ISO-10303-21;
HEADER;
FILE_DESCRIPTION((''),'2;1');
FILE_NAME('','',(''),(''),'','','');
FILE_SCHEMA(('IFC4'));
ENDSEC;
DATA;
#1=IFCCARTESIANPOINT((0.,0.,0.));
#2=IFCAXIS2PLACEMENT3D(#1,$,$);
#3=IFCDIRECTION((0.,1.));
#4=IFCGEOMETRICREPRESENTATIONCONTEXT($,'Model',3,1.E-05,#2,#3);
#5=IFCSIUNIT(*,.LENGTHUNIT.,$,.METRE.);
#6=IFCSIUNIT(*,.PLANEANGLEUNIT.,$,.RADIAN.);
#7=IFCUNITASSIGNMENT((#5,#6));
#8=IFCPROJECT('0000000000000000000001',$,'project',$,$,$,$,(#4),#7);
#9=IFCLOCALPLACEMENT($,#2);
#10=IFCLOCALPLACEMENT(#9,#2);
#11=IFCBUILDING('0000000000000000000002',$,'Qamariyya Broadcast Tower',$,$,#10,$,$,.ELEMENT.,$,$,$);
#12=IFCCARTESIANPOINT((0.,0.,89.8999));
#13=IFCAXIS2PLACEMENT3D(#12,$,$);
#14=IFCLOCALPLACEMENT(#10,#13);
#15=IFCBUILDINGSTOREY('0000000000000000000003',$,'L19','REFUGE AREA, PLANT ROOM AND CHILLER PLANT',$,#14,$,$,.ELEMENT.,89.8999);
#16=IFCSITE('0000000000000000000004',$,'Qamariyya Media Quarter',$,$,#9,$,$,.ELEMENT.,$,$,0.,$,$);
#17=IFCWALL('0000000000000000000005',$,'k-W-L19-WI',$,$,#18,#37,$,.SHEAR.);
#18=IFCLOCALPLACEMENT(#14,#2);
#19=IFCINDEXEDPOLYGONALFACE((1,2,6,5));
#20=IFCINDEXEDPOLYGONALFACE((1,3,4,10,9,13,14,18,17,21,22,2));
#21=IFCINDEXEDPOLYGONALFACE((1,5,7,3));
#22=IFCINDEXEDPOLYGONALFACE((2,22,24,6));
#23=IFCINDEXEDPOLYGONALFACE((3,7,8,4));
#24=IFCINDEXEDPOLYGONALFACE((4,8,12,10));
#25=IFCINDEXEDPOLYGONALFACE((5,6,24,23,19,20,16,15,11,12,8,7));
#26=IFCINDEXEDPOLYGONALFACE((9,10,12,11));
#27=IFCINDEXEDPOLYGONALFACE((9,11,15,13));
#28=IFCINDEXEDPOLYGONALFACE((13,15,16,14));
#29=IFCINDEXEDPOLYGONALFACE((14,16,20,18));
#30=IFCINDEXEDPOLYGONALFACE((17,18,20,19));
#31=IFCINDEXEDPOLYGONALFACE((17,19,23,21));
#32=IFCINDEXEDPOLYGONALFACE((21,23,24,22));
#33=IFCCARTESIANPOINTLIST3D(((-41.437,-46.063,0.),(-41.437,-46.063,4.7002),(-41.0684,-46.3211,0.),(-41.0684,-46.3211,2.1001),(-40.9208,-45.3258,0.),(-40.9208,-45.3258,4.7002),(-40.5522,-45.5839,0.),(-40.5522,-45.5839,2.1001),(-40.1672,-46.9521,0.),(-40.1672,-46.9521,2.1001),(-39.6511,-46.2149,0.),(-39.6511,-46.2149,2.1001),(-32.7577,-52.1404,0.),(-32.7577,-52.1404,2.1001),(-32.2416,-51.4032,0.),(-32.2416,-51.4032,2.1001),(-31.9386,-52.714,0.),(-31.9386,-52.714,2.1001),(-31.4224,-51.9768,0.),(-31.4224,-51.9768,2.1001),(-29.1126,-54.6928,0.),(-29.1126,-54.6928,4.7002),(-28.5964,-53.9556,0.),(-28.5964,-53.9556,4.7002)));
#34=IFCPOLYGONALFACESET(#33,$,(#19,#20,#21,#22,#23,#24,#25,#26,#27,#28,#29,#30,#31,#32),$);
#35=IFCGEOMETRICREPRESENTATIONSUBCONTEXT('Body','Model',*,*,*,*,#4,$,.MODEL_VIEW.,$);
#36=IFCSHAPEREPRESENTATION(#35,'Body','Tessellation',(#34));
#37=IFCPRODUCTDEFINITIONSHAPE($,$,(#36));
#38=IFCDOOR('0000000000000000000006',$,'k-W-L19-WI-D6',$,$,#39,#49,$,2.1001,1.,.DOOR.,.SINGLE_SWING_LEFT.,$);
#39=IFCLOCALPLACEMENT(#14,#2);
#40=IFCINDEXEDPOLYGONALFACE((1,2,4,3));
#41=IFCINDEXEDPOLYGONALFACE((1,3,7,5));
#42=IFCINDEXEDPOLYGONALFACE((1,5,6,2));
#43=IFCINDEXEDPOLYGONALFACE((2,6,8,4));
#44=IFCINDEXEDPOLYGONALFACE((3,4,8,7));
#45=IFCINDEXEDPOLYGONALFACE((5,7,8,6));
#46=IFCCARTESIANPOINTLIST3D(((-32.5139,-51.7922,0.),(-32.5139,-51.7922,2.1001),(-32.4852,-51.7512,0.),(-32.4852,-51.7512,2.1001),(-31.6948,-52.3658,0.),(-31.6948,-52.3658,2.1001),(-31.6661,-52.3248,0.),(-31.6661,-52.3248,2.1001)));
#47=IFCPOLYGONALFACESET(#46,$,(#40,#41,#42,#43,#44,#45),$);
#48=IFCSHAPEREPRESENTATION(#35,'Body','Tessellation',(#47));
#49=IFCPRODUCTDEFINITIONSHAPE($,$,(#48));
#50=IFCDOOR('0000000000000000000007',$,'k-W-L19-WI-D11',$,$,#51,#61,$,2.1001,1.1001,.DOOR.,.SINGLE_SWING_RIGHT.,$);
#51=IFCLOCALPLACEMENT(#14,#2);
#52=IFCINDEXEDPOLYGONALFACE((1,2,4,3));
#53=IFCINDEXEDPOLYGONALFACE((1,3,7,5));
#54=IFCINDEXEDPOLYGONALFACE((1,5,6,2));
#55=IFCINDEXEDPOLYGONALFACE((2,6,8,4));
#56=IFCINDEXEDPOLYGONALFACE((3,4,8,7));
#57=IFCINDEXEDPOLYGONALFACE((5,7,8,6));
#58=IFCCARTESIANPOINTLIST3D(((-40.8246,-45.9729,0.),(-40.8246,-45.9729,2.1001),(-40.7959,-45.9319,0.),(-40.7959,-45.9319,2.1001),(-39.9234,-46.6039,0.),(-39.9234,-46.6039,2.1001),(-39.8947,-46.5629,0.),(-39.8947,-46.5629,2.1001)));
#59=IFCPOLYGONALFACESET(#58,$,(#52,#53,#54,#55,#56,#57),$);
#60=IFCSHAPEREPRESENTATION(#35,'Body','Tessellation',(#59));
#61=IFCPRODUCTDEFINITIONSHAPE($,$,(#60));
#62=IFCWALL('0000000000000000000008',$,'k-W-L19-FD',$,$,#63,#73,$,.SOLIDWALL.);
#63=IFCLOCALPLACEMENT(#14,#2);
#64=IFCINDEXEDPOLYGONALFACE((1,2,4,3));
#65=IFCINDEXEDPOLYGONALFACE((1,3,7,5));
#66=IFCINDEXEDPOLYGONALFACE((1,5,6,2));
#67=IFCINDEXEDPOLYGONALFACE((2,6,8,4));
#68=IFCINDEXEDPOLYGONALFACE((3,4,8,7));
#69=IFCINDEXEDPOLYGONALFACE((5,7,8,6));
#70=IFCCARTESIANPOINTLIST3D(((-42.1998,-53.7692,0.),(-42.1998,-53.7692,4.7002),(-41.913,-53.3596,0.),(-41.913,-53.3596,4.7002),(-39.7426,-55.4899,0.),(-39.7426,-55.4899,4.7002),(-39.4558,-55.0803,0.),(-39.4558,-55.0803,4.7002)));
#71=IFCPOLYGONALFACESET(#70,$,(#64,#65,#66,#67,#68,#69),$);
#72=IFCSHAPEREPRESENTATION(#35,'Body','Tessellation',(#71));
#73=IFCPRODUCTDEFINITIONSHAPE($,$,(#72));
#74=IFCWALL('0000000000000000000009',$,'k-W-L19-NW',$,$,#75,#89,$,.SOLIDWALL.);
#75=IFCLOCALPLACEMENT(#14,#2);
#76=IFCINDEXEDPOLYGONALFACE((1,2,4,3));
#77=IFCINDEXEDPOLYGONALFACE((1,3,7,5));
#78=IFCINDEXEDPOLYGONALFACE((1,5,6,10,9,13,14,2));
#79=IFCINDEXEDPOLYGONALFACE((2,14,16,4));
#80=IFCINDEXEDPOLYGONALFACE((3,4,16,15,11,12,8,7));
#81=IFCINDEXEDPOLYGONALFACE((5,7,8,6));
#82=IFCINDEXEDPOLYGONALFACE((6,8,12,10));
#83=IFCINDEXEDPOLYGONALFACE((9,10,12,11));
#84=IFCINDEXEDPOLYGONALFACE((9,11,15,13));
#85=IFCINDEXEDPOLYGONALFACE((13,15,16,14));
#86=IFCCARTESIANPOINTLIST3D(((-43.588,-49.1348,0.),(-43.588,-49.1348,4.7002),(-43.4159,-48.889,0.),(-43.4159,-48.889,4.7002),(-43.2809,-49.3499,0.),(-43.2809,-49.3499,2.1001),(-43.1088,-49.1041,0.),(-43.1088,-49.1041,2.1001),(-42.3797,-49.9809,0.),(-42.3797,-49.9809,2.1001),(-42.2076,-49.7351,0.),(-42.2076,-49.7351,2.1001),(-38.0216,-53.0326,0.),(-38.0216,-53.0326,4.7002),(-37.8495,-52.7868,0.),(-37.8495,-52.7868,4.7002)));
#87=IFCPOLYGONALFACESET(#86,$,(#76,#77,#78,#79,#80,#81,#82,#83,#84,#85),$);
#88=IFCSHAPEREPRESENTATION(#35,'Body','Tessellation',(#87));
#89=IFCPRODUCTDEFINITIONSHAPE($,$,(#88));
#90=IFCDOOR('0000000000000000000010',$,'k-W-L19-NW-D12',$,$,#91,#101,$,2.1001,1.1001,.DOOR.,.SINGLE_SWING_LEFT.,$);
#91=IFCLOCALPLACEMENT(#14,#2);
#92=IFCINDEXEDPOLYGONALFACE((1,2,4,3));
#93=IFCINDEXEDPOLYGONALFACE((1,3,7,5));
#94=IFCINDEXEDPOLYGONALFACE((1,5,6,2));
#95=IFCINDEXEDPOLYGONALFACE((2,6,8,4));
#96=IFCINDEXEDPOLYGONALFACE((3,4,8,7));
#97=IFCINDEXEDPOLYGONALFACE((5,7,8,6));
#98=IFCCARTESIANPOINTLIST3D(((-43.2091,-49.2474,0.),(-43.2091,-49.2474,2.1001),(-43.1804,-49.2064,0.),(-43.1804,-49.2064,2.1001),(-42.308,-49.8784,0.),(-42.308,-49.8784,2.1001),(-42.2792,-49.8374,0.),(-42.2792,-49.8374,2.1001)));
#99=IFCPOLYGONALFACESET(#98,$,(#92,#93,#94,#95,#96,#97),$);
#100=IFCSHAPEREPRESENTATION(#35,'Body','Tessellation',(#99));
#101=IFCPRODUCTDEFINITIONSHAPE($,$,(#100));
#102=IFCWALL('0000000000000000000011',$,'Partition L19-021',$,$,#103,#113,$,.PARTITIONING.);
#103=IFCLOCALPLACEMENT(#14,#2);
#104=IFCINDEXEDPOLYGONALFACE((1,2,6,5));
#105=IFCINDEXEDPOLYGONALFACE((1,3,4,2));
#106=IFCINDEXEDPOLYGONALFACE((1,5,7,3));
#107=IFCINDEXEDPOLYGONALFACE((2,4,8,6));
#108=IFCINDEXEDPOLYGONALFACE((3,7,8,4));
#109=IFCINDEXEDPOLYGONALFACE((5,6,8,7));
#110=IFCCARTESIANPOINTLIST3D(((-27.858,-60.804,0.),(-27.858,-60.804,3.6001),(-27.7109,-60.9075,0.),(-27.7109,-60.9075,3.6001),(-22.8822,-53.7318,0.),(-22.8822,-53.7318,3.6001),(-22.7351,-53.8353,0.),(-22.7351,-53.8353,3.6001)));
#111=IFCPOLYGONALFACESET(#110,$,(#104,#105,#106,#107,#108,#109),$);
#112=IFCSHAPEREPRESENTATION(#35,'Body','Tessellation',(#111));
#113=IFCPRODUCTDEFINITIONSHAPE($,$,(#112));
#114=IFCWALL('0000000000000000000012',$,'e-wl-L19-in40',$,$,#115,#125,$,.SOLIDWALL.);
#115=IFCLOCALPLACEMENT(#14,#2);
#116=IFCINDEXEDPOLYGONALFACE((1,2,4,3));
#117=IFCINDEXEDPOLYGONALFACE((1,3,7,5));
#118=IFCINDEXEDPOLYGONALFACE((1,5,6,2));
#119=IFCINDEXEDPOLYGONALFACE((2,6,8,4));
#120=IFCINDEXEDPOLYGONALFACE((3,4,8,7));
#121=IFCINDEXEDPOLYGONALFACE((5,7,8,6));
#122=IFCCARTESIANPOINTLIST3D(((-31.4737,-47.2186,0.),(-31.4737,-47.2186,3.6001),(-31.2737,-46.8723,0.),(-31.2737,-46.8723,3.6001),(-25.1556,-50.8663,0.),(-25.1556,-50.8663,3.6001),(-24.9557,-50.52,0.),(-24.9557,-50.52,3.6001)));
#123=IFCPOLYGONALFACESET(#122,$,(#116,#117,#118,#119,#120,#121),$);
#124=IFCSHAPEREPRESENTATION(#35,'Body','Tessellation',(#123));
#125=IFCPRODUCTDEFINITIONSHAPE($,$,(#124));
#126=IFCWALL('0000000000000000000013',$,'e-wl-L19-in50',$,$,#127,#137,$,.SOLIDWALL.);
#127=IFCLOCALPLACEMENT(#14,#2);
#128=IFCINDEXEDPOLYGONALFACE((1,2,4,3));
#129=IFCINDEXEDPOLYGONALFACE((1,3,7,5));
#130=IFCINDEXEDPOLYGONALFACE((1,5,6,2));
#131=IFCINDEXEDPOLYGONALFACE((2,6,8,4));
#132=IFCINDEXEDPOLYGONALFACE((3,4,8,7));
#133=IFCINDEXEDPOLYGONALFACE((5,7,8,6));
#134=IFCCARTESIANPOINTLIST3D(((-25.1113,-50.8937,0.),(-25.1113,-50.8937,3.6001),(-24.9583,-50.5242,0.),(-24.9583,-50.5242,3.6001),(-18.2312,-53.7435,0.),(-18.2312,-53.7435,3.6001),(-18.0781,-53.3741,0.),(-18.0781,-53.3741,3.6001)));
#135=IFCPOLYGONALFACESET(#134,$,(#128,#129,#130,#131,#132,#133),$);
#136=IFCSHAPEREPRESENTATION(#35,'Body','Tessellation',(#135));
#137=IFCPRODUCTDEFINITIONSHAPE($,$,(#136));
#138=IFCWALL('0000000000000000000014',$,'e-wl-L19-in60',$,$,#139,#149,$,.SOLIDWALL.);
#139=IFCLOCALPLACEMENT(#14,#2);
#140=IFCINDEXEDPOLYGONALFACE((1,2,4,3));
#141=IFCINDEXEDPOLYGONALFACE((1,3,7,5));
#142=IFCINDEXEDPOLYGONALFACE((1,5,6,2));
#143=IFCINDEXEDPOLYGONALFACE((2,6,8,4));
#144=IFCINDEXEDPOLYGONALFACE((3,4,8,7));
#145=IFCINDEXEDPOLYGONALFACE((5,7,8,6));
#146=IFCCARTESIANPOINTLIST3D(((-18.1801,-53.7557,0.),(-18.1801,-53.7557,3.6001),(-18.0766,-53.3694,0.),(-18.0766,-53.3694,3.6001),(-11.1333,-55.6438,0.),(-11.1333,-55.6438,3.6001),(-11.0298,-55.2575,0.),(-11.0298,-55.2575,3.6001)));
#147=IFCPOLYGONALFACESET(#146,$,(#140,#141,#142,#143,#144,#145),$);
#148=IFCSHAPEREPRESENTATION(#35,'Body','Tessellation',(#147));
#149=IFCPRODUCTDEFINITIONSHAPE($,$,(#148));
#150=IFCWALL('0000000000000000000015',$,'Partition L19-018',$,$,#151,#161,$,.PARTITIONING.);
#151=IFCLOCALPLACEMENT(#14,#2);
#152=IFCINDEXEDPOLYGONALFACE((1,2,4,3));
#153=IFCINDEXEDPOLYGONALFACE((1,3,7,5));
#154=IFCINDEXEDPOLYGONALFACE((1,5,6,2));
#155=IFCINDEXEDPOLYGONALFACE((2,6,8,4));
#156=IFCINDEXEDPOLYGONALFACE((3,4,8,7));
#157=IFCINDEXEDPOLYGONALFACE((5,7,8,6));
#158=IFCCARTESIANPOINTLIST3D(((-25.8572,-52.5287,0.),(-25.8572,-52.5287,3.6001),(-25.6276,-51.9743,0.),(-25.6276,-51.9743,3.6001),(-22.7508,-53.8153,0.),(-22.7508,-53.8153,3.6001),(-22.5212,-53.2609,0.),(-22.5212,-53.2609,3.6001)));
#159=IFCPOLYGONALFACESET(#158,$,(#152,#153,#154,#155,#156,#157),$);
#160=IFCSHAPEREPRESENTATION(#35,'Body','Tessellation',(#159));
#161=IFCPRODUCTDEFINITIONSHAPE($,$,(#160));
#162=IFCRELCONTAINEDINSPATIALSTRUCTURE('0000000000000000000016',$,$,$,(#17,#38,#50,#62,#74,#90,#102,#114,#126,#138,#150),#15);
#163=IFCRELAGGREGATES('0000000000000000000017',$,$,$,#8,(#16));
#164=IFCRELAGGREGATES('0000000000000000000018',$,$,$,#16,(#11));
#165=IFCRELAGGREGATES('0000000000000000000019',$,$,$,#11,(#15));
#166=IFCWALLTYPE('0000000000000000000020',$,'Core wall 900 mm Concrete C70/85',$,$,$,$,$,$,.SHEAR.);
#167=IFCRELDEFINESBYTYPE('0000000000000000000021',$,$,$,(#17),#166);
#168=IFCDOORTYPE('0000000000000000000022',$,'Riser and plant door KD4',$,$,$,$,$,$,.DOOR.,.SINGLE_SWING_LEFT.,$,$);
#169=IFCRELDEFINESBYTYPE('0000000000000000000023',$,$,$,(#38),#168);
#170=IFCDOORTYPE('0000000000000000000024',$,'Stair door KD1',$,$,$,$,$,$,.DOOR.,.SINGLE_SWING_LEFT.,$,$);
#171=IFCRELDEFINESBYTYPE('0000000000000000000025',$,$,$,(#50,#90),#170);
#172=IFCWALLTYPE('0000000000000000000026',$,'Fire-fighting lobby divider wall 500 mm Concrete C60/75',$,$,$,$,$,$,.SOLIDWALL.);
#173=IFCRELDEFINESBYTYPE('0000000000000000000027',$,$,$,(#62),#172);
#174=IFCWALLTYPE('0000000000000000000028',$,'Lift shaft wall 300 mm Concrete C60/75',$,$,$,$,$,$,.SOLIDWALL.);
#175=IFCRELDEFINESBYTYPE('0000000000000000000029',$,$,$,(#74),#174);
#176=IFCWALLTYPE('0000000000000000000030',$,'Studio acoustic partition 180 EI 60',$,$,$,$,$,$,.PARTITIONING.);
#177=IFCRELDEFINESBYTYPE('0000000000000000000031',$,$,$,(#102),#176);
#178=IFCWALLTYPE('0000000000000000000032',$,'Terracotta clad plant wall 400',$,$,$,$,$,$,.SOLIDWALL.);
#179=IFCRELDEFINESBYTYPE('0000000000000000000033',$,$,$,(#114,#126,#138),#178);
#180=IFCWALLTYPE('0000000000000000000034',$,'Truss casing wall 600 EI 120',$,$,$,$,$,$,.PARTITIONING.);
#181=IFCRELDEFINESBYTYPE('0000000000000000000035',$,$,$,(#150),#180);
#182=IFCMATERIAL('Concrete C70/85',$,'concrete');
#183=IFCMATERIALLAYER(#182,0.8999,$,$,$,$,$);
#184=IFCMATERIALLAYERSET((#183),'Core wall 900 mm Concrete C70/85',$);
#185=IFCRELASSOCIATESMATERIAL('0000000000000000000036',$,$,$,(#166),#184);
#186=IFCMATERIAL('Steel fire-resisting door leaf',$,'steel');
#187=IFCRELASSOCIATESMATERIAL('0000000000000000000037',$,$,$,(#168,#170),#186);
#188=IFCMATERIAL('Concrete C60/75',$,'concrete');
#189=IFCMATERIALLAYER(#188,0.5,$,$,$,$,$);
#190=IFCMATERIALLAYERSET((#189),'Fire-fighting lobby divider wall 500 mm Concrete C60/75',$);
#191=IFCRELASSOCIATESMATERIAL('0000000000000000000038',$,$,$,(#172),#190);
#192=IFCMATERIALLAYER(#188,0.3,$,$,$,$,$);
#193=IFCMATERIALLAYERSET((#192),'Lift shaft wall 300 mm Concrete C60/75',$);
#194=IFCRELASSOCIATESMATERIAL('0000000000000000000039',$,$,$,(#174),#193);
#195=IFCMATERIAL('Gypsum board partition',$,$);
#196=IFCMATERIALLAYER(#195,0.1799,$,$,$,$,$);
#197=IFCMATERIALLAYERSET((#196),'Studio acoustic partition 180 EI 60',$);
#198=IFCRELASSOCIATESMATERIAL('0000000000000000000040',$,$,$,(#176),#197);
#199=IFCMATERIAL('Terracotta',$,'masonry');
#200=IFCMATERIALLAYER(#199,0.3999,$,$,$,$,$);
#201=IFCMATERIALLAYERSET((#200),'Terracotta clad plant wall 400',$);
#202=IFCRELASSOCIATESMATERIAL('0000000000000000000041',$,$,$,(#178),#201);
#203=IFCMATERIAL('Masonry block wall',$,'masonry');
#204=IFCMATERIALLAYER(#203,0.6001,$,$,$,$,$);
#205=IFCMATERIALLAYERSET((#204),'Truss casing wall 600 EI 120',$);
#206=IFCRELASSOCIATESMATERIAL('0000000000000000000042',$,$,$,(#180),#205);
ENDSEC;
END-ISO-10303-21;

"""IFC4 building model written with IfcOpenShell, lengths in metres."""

from ifc_helpers import new_model, si_unit, direction, frame, frame_2d, origin, place, context, subcontext, project, spatial, rectangle, extrude, material, layer, layer_set, type_object, element, fill, save


model = new_model("IFC4")

# Units and contexts
model_context = context("Model", 3, precision=1e-05, world=origin(), true_north=direction((0.0, 1.0)))
body_context = subcontext(model_context, "Body", "Model", "MODEL_VIEW")
ifc_project = project(units=[si_unit("LENGTHUNIT", "METRE"), si_unit("PLANEANGLEUNIT", "RADIAN")], contexts=[model_context])

# Site, building, storey
site_placement = place(None, origin())
site = spatial("IfcSite", under=ifc_project, at=site_placement, Name="Qamariyya Media Quarter", CompositionType="ELEMENT", RefElevation=0.0)
building_placement = place(site_placement, origin())
building = spatial("IfcBuilding", under=site, at=building_placement, Name="Qamariyya Broadcast Tower", CompositionType="ELEMENT")
storey_placement = place(building_placement, frame((0.0, 0.0, 89.8999)))
storey = spatial("IfcBuildingStorey", under=building, at=storey_placement, Name="L19", Description="REFUGE AREA, PLANT ROOM AND CHILLER PLANT", CompositionType="ELEMENT", Elevation=89.8999)

# Shared definitions
ifc_material_1 = material(Name="Concrete C70/85", Category="concrete")

# Wall, openings, doors
ifc_layer_1 = layer(ifc_material_1, 0.8999)
ifc_layer_set_1 = layer_set([ifc_layer_1], Name="Core wall 900 mm Concrete C70/85")
wall_type_1 = type_object("IfcWallType", Name="Core wall 900 mm Concrete C70/85", PredefinedType="SHEAR", material=ifc_layer_set_1)
wall_1_placement = place(storey_placement, frame((-28.8545, -54.3242, 0.0), z_axis=(0.0, 0.0, 1.0), x_axis=(-0.819146, 0.573585, 0.0)))
wall_1 = element("IfcWall", 1, at=wall_1_placement, inside=storey, type_object=wall_type_1, Name="k-W-L19-WI", PredefinedType="SHEAR", context=body_context, shape_type="SweptSolid", body=[
    extrude(rectangle(XDim=15.0454, YDim=0.8999, at=frame_2d((7.5227, 0.0))), origin(), (0.0, 0.0, 1.0), 4.7002),
])
opening_1_placement = place(wall_1_placement, frame((3.45, 0.0, 0.0)))
opening_1 = element("IfcOpeningElement", 2, at=opening_1_placement, cuts=wall_1, PredefinedType="OPENING", context=body_context, shape_type="SweptSolid", body=[
    extrude(rectangle(XDim=1.0, YDim=2.1001, at=frame_2d((0.5, 1.05))), frame((0.0, 0.46, 0.0), z_axis=(0.0, -1.0, 0.0), x_axis=(1.0, 0.0, 0.0)), (0.0, 0.0, 1.0), 0.9199),
])
opening_2_placement = place(wall_1_placement, frame((13.4954, 0.0, 0.0)))
opening_2 = element("IfcOpeningElement", 3, at=opening_2_placement, cuts=wall_1, PredefinedType="OPENING", context=body_context, shape_type="SweptSolid", body=[
    extrude(rectangle(XDim=1.1001, YDim=2.1001, at=frame_2d((0.55, 1.05))), frame((0.0, 0.46, 0.0), z_axis=(0.0, -1.0, 0.0), x_axis=(1.0, 0.0, 0.0)), (0.0, 0.0, 1.0), 0.9199),
])
ifc_material_2 = material(Name="Steel fire-resisting door leaf", Category="steel")
door_type_1 = type_object("IfcDoorType", Name="Riser and plant door KD4", OperationType="SINGLE_SWING_LEFT", PredefinedType="DOOR", material=ifc_material_2)
door_1_placement = place(opening_1_placement, origin())
door_1 = element("IfcDoor", 4, at=door_1_placement, inside=storey, type_object=door_type_1, Name="k-W-L19-WI-D6", OperationType="SINGLE_SWING_LEFT", OverallHeight=2.1001, OverallWidth=1.0, PredefinedType="DOOR", context=body_context, shape_type="SweptSolid", body=[
    extrude(rectangle(XDim=1.0, YDim=2.1001, at=frame_2d((0.5, 1.05))), frame((0.0, 0.0249, 0.0), z_axis=(0.0, -1.0, 0.0), x_axis=(1.0, 0.0, 0.0)), (0.0, 0.0, 1.0), 0.05),
])
fill(opening_1, door_1)
door_type_2 = type_object("IfcDoorType", Name="Stair door KD1", OperationType="SINGLE_SWING_LEFT", PredefinedType="DOOR", material=ifc_material_2)
door_2_placement = place(opening_2_placement, origin())
door_2 = element("IfcDoor", 5, at=door_2_placement, inside=storey, type_object=door_type_2, Name="k-W-L19-WI-D11", OperationType="SINGLE_SWING_RIGHT", OverallHeight=2.1001, OverallWidth=1.1001, PredefinedType="DOOR", context=body_context, shape_type="SweptSolid", body=[
    extrude(rectangle(XDim=1.1001, YDim=2.1001, at=frame_2d((0.55, 1.05))), frame((0.0, 0.0249, 0.0), z_axis=(0.0, -1.0, 0.0), x_axis=(1.0, 0.0, 0.0)), (0.0, 0.0, 1.0), 0.05),
])
fill(opening_2, door_2)

# Wall
ifc_material_3 = material(Name="Concrete C60/75", Category="concrete")
ifc_layer_2 = layer(ifc_material_3, 0.5)
ifc_layer_set_2 = layer_set([ifc_layer_2], Name="Fire-fighting lobby divider wall 500 mm Concrete C60/75")
wall_type_2 = type_object("IfcWallType", Name="Fire-fighting lobby divider wall 500 mm Concrete C60/75", PredefinedType="SOLIDWALL", material=ifc_layer_set_2)
wall_2_placement = place(storey_placement, frame((-39.5991, -55.2852, 0.0), z_axis=(0.0, 0.0, 1.0), x_axis=(-0.819136, 0.573599, 0.0)))
element("IfcWall", 6, at=wall_2_placement, inside=storey, type_object=wall_type_2, Name="k-W-L19-FD", PredefinedType="SOLIDWALL", context=body_context, shape_type="SweptSolid", body=[
    extrude(rectangle(XDim=2.9998, YDim=0.5, at=frame_2d((1.5, 0.0))), origin(), (0.0, 0.0, 1.0), 4.7002),
])

# Wall, opening, door
ifc_layer_3 = layer(ifc_material_3, 0.3)
ifc_layer_set_3 = layer_set([ifc_layer_3], Name="Lift shaft wall 300 mm Concrete C60/75")
wall_type_3 = type_object("IfcWallType", Name="Lift shaft wall 300 mm Concrete C60/75", PredefinedType="SOLIDWALL", material=ifc_layer_set_3)
wall_3_placement = place(storey_placement, frame((-37.9355, -52.9097, 0.0), z_axis=(0.0, 0.0, 1.0), x_axis=(-0.819148, 0.573583, 0.0)))
wall_3 = element("IfcWall", 7, at=wall_3_placement, inside=storey, type_object=wall_type_3, Name="k-W-L19-NW", PredefinedType="SOLIDWALL", context=body_context, shape_type="SweptSolid", body=[
    extrude(rectangle(XDim=6.7954, YDim=0.3, at=frame_2d((3.3977, 0.0))), origin(), (0.0, 0.0, 1.0), 4.7002),
])
opening_3_placement = place(wall_3_placement, frame((5.3203, 0.0, 0.0)))
opening_3 = element("IfcOpeningElement", 8, at=opening_3_placement, cuts=wall_3, PredefinedType="OPENING", context=body_context, shape_type="SweptSolid", body=[
    extrude(rectangle(XDim=1.1001, YDim=2.1001, at=frame_2d((0.55, 1.05))), frame((0.0, 0.1599, 0.0), z_axis=(0.0, -1.0, 0.0), x_axis=(1.0, 0.0, 0.0)), (0.0, 0.0, 1.0), 0.3201),
])
door_3_placement = place(opening_3_placement, origin())
door_3 = element("IfcDoor", 9, at=door_3_placement, inside=storey, type_object=door_type_2, Name="k-W-L19-NW-D12", OperationType="SINGLE_SWING_LEFT", OverallHeight=2.1001, OverallWidth=1.1001, PredefinedType="DOOR", context=body_context, shape_type="SweptSolid", body=[
    extrude(rectangle(XDim=1.1001, YDim=2.1001, at=frame_2d((0.55, 1.05))), frame((0.0, 0.0249, 0.0), z_axis=(0.0, -1.0, 0.0), x_axis=(1.0, 0.0, 0.0)), (0.0, 0.0, 1.0), 0.05),
])
fill(opening_3, door_3)

# Walls
ifc_material_4 = material(Name="Gypsum board partition")
ifc_layer_4 = layer(ifc_material_4, 0.1799)
ifc_layer_set_4 = layer_set([ifc_layer_4], Name="Studio acoustic partition 180 EI 60")
wall_type_4 = type_object("IfcWallType", Name="Studio acoustic partition 180 EI 60", PredefinedType="PARTITIONING", material=ifc_layer_set_4)
wall_4_placement = place(storey_placement, frame((-22.8086, -53.7834, 0.0), z_axis=(0.0, 0.0, 1.0), x_axis=(-0.57542, -0.817858, 0.0)))
element("IfcWall", 10, at=wall_4_placement, inside=storey, type_object=wall_type_4, Name="Partition L19-021", PredefinedType="PARTITIONING", context=body_context, shape_type="SweptSolid", body=[
    extrude(rectangle(XDim=8.6472, YDim=0.1799, at=frame_2d((4.3237, 0.0))), origin(), (0.0, 0.0, 1.0), 3.6001),
])
ifc_material_5 = material(Name="Terracotta", Category="masonry")
ifc_layer_5 = layer(ifc_material_5, 0.3999)
ifc_layer_set_5 = layer_set([ifc_layer_5], Name="Terracotta clad plant wall 400")
wall_type_5 = type_object("IfcWallType", Name="Terracotta clad plant wall 400", PredefinedType="SOLIDWALL", material=ifc_layer_set_5)
wall_5_placement = place(storey_placement, frame((-25.0557, -50.6931, 0.0), z_axis=(0.0, 0.0, 1.0), x_axis=(-0.866029, 0.499994, 0.0)))
element("IfcWall", 11, at=wall_5_placement, inside=storey, type_object=wall_type_5, Name="e-wl-L19-in40", PredefinedType="SOLIDWALL", context=body_context, shape_type="SweptSolid", body=[
    extrude(rectangle(XDim=7.2954, YDim=0.3999, at=frame_2d((3.6477, 0.0))), origin(), (0.0, 0.0, 1.0), 3.6001),
])
wall_6_placement = place(storey_placement, frame((-18.1545, -53.5588, 0.0), z_axis=(0.0, 0.0, 1.0), x_axis=(-0.923879, 0.382685, 0.0)))
element("IfcWall", 12, at=wall_6_placement, inside=storey, type_object=wall_type_5, Name="e-wl-L19-in50", PredefinedType="SOLIDWALL", context=body_context, shape_type="SweptSolid", body=[
    extrude(rectangle(XDim=7.447, YDim=0.3999, at=frame_2d((3.7236, 0.0))), origin(), (0.0, 0.0, 1.0), 3.6001),
])
wall_7_placement = place(storey_placement, frame((-11.0815, -55.4507, 0.0), z_axis=(0.0, 0.0, 1.0), x_axis=(-0.965927, 0.258816, 0.0)))
element("IfcWall", 13, at=wall_7_placement, inside=storey, type_object=wall_type_5, Name="e-wl-L19-in60", PredefinedType="SOLIDWALL", context=body_context, shape_type="SweptSolid", body=[
    extrude(rectangle(XDim=7.2954, YDim=0.3999, at=frame_2d((3.6477, 0.0))), origin(), (0.0, 0.0, 1.0), 3.6001),
])
ifc_material_6 = material(Name="Masonry block wall", Category="masonry")
ifc_layer_6 = layer(ifc_material_6, 0.6001)
ifc_layer_set_6 = layer_set([ifc_layer_6], Name="Truss casing wall 600 EI 120")
wall_type_6 = type_object("IfcWallType", Name="Truss casing wall 600 EI 120", PredefinedType="PARTITIONING", material=ifc_layer_set_6)
wall_8_placement = place(storey_placement, frame((-25.7424, -52.2515, 0.0), z_axis=(0.0, 0.0, 1.0), x_axis=(0.923891, -0.382655, 0.0)))
element("IfcWall", 14, at=wall_8_placement, inside=storey, type_object=wall_type_6, Name="Partition L19-018", PredefinedType="PARTITIONING", context=body_context, shape_type="SweptSolid", body=[
    extrude(rectangle(XDim=3.3623, YDim=0.6001, at=frame_2d((1.6812, 0.0))), origin(), (0.0, 0.0, 1.0), 3.6001),
])

save(model, "model.ifc")
